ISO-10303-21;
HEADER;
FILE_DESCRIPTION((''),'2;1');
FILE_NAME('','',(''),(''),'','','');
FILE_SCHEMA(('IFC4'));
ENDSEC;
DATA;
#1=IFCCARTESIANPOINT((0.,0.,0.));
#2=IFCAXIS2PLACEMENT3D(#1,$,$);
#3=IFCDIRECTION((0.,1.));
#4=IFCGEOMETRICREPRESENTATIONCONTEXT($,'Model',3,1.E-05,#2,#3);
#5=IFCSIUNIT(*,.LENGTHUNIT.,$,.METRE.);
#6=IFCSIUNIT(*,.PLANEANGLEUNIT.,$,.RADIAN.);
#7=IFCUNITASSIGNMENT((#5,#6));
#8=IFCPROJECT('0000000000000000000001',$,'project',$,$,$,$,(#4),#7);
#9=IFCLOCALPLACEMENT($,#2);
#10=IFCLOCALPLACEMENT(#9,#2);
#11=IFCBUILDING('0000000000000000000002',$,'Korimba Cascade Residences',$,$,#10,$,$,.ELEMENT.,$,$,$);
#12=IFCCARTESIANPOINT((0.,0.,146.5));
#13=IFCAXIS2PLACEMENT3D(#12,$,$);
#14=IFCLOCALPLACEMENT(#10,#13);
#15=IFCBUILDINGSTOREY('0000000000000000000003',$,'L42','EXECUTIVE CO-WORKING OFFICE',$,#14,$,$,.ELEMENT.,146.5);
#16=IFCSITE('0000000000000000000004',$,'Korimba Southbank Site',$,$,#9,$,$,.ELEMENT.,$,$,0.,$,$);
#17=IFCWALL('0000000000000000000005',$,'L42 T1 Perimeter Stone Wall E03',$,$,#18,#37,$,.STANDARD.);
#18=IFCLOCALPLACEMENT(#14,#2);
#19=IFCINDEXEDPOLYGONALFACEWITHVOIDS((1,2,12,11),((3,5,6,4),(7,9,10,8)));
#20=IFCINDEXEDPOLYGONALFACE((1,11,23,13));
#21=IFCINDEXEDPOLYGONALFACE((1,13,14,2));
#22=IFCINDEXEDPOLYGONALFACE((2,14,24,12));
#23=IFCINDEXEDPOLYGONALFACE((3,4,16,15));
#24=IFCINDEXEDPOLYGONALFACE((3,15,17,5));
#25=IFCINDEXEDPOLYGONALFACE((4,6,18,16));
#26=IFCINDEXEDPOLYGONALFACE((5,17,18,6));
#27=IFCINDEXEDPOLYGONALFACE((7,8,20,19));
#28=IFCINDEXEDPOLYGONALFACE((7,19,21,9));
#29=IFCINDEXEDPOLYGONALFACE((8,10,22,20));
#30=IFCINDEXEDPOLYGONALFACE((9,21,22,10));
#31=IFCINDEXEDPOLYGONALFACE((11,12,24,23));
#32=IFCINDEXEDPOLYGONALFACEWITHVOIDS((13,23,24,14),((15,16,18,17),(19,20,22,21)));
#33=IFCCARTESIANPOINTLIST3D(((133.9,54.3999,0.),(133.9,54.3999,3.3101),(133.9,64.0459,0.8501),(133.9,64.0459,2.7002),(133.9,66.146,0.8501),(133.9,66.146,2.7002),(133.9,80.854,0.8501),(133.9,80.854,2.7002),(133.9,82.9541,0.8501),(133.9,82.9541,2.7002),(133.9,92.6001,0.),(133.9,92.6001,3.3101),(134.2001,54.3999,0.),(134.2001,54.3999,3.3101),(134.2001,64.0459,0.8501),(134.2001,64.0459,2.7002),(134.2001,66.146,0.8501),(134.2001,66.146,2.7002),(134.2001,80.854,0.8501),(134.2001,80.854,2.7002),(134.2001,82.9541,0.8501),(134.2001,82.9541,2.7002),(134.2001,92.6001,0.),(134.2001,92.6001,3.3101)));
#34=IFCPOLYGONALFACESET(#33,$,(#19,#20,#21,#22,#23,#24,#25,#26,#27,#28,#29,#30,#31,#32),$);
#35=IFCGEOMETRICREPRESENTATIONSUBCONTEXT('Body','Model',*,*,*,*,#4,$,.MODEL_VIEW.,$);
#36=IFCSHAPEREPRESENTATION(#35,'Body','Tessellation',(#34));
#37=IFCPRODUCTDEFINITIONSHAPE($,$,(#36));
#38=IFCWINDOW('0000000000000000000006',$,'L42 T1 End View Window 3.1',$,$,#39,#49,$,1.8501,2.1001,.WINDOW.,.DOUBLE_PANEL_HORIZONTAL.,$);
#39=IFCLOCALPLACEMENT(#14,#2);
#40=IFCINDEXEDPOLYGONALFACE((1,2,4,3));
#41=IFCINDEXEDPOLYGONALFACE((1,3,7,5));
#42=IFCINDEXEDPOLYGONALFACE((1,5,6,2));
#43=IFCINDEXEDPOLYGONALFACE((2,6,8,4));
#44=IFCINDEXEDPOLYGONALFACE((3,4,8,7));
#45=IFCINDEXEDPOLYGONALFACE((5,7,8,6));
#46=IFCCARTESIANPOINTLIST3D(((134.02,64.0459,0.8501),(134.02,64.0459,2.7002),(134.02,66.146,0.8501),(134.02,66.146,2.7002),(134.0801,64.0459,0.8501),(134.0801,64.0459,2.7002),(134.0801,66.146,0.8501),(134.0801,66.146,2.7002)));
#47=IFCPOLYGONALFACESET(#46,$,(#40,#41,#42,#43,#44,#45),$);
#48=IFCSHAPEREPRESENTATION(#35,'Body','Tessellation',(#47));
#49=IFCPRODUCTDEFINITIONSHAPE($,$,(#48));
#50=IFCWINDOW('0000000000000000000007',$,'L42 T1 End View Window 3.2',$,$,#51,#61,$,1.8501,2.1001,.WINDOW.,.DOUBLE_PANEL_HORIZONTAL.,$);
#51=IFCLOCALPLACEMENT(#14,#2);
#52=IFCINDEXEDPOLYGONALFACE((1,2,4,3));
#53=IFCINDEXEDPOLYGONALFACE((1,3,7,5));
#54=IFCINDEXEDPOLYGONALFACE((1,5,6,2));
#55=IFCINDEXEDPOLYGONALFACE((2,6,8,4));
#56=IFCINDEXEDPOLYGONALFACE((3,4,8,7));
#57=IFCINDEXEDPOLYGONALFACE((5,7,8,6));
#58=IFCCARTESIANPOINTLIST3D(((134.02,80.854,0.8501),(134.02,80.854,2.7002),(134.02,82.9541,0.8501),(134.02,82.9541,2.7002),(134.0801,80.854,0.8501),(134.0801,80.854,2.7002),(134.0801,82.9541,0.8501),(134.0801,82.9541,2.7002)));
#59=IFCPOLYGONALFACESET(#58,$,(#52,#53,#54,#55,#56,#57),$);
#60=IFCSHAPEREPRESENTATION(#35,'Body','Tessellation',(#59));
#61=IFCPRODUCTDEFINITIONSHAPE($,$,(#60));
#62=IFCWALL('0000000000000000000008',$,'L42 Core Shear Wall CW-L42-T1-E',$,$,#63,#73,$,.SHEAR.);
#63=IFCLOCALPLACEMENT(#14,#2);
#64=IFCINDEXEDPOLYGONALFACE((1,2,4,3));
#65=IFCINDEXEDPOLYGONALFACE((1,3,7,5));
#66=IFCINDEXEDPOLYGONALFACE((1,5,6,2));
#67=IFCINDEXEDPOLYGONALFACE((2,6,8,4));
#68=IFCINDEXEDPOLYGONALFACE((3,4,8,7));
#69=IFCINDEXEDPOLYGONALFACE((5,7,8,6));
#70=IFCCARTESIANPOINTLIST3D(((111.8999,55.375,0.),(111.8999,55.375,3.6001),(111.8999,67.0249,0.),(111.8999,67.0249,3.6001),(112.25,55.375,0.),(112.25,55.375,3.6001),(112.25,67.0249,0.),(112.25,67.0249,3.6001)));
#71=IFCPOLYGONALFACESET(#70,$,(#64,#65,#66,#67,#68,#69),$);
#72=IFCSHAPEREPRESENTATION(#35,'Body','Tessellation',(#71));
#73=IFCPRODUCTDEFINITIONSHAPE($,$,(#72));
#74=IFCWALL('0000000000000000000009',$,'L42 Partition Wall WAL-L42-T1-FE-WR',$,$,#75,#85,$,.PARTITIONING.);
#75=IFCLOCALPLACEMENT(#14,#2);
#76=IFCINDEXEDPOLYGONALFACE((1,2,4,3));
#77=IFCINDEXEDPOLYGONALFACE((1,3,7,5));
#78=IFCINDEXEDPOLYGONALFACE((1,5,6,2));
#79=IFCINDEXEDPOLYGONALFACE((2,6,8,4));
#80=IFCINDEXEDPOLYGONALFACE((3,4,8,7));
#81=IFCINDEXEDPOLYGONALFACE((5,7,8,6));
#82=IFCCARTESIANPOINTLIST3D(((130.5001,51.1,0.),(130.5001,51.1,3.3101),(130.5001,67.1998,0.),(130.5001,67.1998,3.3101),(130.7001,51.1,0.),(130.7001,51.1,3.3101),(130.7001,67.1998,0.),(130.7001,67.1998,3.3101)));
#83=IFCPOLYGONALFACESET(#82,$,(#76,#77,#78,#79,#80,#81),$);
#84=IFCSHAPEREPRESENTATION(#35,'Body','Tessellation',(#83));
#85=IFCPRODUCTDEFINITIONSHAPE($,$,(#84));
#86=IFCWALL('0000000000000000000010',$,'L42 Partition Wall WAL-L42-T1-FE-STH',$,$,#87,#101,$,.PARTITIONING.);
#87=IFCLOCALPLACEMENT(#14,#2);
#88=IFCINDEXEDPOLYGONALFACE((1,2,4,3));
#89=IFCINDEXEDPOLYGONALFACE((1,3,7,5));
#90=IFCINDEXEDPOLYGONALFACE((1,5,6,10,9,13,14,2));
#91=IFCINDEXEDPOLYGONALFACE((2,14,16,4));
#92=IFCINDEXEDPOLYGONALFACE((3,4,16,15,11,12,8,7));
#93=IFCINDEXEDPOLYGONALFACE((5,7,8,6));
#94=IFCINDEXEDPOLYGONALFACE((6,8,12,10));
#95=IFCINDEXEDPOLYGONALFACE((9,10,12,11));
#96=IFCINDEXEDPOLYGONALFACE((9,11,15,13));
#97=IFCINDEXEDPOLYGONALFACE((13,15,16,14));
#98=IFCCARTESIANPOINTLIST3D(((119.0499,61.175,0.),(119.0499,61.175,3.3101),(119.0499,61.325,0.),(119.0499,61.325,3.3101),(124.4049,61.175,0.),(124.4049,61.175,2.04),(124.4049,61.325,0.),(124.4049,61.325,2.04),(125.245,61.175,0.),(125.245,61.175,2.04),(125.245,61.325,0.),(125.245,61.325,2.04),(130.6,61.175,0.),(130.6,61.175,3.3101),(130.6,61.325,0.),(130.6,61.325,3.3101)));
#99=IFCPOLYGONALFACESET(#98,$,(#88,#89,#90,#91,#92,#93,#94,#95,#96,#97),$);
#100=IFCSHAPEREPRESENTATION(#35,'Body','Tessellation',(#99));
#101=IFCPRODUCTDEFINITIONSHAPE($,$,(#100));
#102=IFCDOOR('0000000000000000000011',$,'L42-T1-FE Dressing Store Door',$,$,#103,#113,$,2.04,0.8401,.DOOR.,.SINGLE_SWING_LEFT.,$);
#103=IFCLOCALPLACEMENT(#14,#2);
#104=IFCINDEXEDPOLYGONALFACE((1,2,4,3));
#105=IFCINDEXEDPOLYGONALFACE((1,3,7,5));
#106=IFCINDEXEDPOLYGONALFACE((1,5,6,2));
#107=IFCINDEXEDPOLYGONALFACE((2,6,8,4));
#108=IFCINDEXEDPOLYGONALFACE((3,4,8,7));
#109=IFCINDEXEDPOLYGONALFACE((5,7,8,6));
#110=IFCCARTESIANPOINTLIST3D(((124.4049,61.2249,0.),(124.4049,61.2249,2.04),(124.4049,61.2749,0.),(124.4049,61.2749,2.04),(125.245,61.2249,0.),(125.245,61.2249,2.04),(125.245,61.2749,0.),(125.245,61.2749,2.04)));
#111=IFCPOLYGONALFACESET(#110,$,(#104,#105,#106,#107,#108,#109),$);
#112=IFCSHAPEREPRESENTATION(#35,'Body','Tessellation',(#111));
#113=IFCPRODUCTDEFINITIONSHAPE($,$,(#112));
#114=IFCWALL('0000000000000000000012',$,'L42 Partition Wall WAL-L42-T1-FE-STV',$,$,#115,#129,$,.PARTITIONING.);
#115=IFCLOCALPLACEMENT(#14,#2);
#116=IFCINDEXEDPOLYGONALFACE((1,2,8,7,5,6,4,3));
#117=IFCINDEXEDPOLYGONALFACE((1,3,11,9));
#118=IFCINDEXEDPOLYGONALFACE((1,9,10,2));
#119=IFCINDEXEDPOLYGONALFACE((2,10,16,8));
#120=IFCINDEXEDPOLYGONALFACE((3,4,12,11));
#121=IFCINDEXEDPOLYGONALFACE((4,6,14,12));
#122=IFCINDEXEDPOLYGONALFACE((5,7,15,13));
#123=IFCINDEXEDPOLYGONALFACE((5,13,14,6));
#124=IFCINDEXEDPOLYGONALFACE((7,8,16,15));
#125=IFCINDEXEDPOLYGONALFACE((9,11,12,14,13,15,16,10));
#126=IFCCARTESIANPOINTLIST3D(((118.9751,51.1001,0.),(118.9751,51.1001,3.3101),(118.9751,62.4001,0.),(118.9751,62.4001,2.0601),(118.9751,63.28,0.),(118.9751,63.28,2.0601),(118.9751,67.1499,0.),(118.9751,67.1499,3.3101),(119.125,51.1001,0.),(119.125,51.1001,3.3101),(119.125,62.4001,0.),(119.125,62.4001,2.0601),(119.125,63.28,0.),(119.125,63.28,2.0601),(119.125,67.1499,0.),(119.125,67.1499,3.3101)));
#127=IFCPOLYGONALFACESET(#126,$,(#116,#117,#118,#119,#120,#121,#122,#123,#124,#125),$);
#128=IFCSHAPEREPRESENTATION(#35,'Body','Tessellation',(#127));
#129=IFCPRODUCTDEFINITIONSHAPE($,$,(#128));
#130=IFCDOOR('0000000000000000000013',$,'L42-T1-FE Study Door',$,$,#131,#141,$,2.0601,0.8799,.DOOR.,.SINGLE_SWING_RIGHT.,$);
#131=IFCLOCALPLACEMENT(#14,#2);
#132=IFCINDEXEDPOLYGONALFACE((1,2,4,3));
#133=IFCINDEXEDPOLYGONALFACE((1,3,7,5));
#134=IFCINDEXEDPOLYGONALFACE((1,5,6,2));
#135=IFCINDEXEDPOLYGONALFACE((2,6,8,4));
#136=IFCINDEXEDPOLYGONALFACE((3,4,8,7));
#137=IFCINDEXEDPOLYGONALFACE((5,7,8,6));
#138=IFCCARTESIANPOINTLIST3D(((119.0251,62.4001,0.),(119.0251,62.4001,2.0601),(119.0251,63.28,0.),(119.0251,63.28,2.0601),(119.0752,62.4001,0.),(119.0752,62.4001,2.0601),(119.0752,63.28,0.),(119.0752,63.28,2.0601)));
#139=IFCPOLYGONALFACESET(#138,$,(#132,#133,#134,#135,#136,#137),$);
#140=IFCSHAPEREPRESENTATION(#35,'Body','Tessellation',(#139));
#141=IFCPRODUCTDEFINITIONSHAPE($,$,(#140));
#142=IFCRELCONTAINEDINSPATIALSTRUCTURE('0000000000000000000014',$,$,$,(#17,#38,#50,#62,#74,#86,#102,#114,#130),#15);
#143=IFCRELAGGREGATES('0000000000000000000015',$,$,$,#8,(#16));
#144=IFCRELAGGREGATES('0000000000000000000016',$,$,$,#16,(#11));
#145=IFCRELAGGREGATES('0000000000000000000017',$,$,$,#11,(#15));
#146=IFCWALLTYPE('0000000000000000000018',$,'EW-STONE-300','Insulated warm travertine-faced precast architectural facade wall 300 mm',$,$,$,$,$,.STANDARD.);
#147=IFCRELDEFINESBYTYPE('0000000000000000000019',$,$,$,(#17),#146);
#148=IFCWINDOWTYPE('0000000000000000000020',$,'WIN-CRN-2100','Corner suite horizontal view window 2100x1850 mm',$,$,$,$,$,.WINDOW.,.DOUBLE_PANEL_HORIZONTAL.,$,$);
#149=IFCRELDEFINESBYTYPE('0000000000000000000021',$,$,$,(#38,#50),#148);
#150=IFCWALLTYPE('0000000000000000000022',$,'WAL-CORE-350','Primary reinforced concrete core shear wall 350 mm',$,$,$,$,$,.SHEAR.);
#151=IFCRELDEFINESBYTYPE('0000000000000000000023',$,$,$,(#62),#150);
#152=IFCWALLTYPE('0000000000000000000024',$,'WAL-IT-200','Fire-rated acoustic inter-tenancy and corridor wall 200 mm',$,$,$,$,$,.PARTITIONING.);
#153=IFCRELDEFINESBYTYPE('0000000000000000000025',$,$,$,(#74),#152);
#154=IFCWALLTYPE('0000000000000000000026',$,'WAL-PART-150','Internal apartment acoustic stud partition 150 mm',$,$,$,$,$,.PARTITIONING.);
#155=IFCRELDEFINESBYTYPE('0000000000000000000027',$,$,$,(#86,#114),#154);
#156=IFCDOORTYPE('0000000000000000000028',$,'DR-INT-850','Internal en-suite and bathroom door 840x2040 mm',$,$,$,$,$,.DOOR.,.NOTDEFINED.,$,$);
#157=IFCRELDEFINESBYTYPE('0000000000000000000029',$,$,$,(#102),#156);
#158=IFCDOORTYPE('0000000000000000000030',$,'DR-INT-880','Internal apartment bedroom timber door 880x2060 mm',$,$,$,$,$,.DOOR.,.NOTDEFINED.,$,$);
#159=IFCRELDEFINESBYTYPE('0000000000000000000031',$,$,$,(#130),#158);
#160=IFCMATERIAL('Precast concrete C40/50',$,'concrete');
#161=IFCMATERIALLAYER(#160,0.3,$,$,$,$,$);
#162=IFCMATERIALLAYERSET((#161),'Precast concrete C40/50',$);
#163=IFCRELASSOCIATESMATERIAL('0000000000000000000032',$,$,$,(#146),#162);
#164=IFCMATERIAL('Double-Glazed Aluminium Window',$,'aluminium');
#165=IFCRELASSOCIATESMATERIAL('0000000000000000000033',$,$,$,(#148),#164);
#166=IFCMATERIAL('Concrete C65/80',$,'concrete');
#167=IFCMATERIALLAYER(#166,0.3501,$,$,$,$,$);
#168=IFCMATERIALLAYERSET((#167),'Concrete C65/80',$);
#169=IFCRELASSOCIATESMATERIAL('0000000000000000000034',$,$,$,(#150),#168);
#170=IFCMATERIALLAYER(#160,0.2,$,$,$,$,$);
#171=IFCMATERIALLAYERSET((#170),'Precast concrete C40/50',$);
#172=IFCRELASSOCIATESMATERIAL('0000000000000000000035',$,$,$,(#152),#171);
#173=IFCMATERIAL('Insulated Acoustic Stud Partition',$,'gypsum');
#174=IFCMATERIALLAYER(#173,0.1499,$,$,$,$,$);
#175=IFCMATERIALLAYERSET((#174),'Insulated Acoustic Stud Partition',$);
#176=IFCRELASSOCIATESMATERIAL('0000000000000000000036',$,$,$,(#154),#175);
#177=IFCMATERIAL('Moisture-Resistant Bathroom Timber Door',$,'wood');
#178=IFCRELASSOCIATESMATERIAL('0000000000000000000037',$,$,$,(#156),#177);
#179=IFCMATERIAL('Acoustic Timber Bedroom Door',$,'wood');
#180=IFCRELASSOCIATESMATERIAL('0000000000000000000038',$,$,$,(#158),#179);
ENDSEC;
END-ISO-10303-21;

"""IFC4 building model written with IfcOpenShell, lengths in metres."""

from ifc_helpers import new_model, si_unit, direction, frame, frame_2d, origin, place, context, subcontext, project, spatial, rectangle, extrude, material, layer, layer_set, type_object, element, fill, save


model = new_model("IFC4")

# Units and contexts
model_context = context("Model", 3, precision=1e-05, world=origin(), true_north=direction((0.0, 1.0)))
body_context = subcontext(model_context, "Body", "Model", "MODEL_VIEW")
ifc_project = project(units=[si_unit("LENGTHUNIT", "METRE"), si_unit("PLANEANGLEUNIT", "RADIAN")], contexts=[model_context])

# Site, building, storey
site_placement = place(None, origin())
site = spatial("IfcSite", under=ifc_project, at=site_placement, Name="Korimba Southbank Site", CompositionType="ELEMENT", RefElevation=0.0)
building_placement = place(site_placement, origin())
building = spatial("IfcBuilding", under=site, at=building_placement, Name="Korimba Cascade Residences", CompositionType="ELEMENT")
storey_placement = place(building_placement, frame((0.0, 0.0, 146.5)))
storey = spatial("IfcBuildingStorey", under=building, at=storey_placement, Name="L42", Description="EXECUTIVE CO-WORKING OFFICE", CompositionType="ELEMENT", Elevation=146.5)

# Shared definitions
ifc_material_1 = material(Name="Precast concrete C40/50", Category="concrete")
ifc_layer_1 = layer(ifc_material_1, 0.3)
ifc_layer_set_1 = layer_set([ifc_layer_1], Name="Precast concrete C40/50")
wall_type_1 = type_object("IfcWallType", Name="EW-STONE-300", Description="Insulated warm travertine-faced precast architectural facade wall 300 mm", PredefinedType="STANDARD", material=ifc_layer_set_1)

# Wall, openings, windows
wall_1_placement = place(storey_placement, frame((134.05, 54.3999, 0.0), z_axis=(0.0, 0.0, 1.0), x_axis=(0.0, 1.0, 0.0)))
wall_1 = element("IfcWall", 1, at=wall_1_placement, inside=storey, type_object=wall_type_1, Name="L42 T1 Perimeter Stone Wall E03", PredefinedType="STANDARD", context=body_context, shape_type="SweptSolid", body=[
    extrude(rectangle(XDim=38.2002, YDim=0.3, at=frame_2d((19.1001, 0.0))), origin(), (0.0, 0.0, 1.0), 3.3101),
])
opening_1_placement = place(wall_1_placement, frame((9.646, 0.0, 0.8501)))
opening_1 = element("IfcOpeningElement", 2, at=opening_1_placement, cuts=wall_1, PredefinedType="OPENING", context=body_context, shape_type="SweptSolid", body=[
    extrude(rectangle(XDim=2.1001, YDim=1.8501, at=frame_2d((1.05, 0.925))), frame((0.0, 0.1602, 0.0), z_axis=(0.0, -1.0, 0.0), x_axis=(1.0, 0.0, 0.0)), (0.0, 0.0, 1.0), 0.3201),
])
opening_2_placement = place(wall_1_placement, frame((26.4541, 0.0, 0.8501)))
opening_2 = element("IfcOpeningElement", 3, at=opening_2_placement, cuts=wall_1, PredefinedType="OPENING", context=body_context, shape_type="SweptSolid", body=[
    extrude(rectangle(XDim=2.1001, YDim=1.8501, at=frame_2d((1.05, 0.925))), frame((0.0, 0.1602, 0.0), z_axis=(0.0, -1.0, 0.0), x_axis=(1.0, 0.0, 0.0)), (0.0, 0.0, 1.0), 0.3201),
])
ifc_material_2 = material(Name="Double-Glazed Aluminium Window", Category="aluminium")
window_type = type_object("IfcWindowType", Name="WIN-CRN-2100", Description="Corner suite horizontal view window 2100x1850 mm", PartitioningType="DOUBLE_PANEL_HORIZONTAL", PredefinedType="WINDOW", material=ifc_material_2)
window_1_placement = place(opening_1_placement, origin())
window_1 = element("IfcWindow", 4, at=window_1_placement, inside=storey, type_object=window_type, Name="L42 T1 End View Window 3.1", OverallHeight=1.8501, OverallWidth=2.1001, PartitioningType="DOUBLE_PANEL_HORIZONTAL", PredefinedType="WINDOW", context=body_context, shape_type="SweptSolid", body=[
    extrude(rectangle(XDim=2.1001, YDim=1.8501, at=frame_2d((1.05, 0.925))), frame((0.0, 0.03, 0.0), z_axis=(0.0, -1.0, 0.0), x_axis=(1.0, 0.0, 0.0)), (0.0, 0.0, 1.0), 0.0601),
])
fill(opening_1, window_1)
window_2_placement = place(opening_2_placement, origin())
window_2 = element("IfcWindow", 5, at=window_2_placement, inside=storey, type_object=window_type, Name="L42 T1 End View Window 3.2", OverallHeight=1.8501, OverallWidth=2.1001, PartitioningType="DOUBLE_PANEL_HORIZONTAL", PredefinedType="WINDOW", context=body_context, shape_type="SweptSolid", body=[
    extrude(rectangle(XDim=2.1001, YDim=1.8501, at=frame_2d((1.05, 0.925))), frame((0.0, 0.03, 0.0), z_axis=(0.0, -1.0, 0.0), x_axis=(1.0, 0.0, 0.0)), (0.0, 0.0, 1.0), 0.0601),
])
fill(opening_2, window_2)

# Walls
ifc_material_3 = material(Name="Concrete C65/80", Category="concrete")
ifc_layer_2 = layer(ifc_material_3, 0.3501)
ifc_layer_set_2 = layer_set([ifc_layer_2], Name="Concrete C65/80")
wall_type_2 = type_object("IfcWallType", Name="WAL-CORE-350", Description="Primary reinforced concrete core shear wall 350 mm", PredefinedType="SHEAR", material=ifc_layer_set_2)
wall_2_placement = place(storey_placement, frame((112.075, 55.375, 0.0), z_axis=(0.0, 0.0, 1.0), x_axis=(0.0, 1.0, 0.0)))
element("IfcWall", 6, at=wall_2_placement, inside=storey, type_object=wall_type_2, Name="L42 Core Shear Wall CW-L42-T1-E", PredefinedType="SHEAR", context=body_context, shape_type="SweptSolid", body=[
    extrude(rectangle(XDim=11.6499, YDim=0.3501, at=frame_2d((5.825, 0.0))), origin(), (0.0, 0.0, 1.0), 3.6001),
])
ifc_layer_3 = layer(ifc_material_1, 0.2)
ifc_layer_set_3 = layer_set([ifc_layer_3], Name="Precast concrete C40/50")
wall_type_3 = type_object("IfcWallType", Name="WAL-IT-200", Description="Fire-rated acoustic inter-tenancy and corridor wall 200 mm", PredefinedType="PARTITIONING", material=ifc_layer_set_3)
wall_3_placement = place(storey_placement, frame((130.6001, 51.1001, 0.0), z_axis=(0.0, 0.0, 1.0), x_axis=(0.0, 1.0, 0.0)))
element("IfcWall", 7, at=wall_3_placement, inside=storey, type_object=wall_type_3, Name="L42 Partition Wall WAL-L42-T1-FE-WR", PredefinedType="PARTITIONING", context=body_context, shape_type="SweptSolid", body=[
    extrude(rectangle(XDim=16.0999, YDim=0.2, at=frame_2d((8.0498, 0.0))), origin(), (0.0, 0.0, 1.0), 3.3101),
])

# Walls, openings, doors
ifc_material_4 = material(Name="Insulated Acoustic Stud Partition", Category="gypsum")
ifc_layer_4 = layer(ifc_material_4, 0.1499)
ifc_layer_set_4 = layer_set([ifc_layer_4], Name="Insulated Acoustic Stud Partition")
wall_type_4 = type_object("IfcWallType", Name="WAL-PART-150", Description="Internal apartment acoustic stud partition 150 mm", PredefinedType="PARTITIONING", material=ifc_layer_set_4)
wall_4_placement = place(storey_placement, frame((119.05, 61.25, 0.0), z_axis=(0.0, 0.0, 1.0), x_axis=(1.0, 0.0, 0.0)))
wall_4 = element("IfcWall", 8, at=wall_4_placement, inside=storey, type_object=wall_type_4, Name="L42 Partition Wall WAL-L42-T1-FE-STH", PredefinedType="PARTITIONING", context=body_context, shape_type="SweptSolid", body=[
    extrude(rectangle(XDim=11.55, YDim=0.1499, at=frame_2d((5.7749, 0.0))), origin(), (0.0, 0.0, 1.0), 3.3101),
])
opening_3_placement = place(wall_4_placement, frame((5.355, 0.0, 0.0)))
opening_3 = element("IfcOpeningElement", 9, at=opening_3_placement, cuts=wall_4, PredefinedType="OPENING", context=body_context, shape_type="SweptSolid", body=[
    extrude(rectangle(XDim=0.8401, YDim=2.04, at=frame_2d((0.4199, 1.02))), frame((0.0, 0.085, 0.0), z_axis=(0.0, -1.0, 0.0), x_axis=(1.0, 0.0, 0.0)), (0.0, 0.0, 1.0), 0.1699),
])
ifc_material_5 = material(Name="Moisture-Resistant Bathroom Timber Door", Category="wood")
door_type_1 = type_object("IfcDoorType", Name="DR-INT-850", Description="Internal en-suite and bathroom door 840x2040 mm", OperationType="NOTDEFINED", PredefinedType="DOOR", material=ifc_material_5)
door_1_placement = place(opening_3_placement, origin())
door_1 = element("IfcDoor", 10, at=door_1_placement, inside=storey, type_object=door_type_1, Name="L42-T1-FE Dressing Store Door", OperationType="SINGLE_SWING_LEFT", OverallHeight=2.04, OverallWidth=0.8401, PredefinedType="DOOR", context=body_context, shape_type="SweptSolid", body=[
    extrude(rectangle(XDim=0.8401, YDim=2.04, at=frame_2d((0.4199, 1.02))), frame((0.0, 0.0249, 0.0), z_axis=(0.0, -1.0, 0.0), x_axis=(1.0, 0.0, 0.0)), (0.0, 0.0, 1.0), 0.05),
])
fill(opening_3, door_1)
wall_5_placement = place(storey_placement, frame((119.05, 51.1001, 0.0), z_axis=(0.0, 0.0, 1.0), x_axis=(0.0, 1.0, 0.0)))
wall_5 = element("IfcWall", 11, at=wall_5_placement, inside=storey, type_object=wall_type_4, Name="L42 Partition Wall WAL-L42-T1-FE-STV", PredefinedType="PARTITIONING", context=body_context, shape_type="SweptSolid", body=[
    extrude(rectangle(XDim=16.0498, YDim=0.1499, at=frame_2d((8.0249, 0.0))), origin(), (0.0, 0.0, 1.0), 3.3101),
])
opening_4_placement = place(wall_5_placement, frame((11.3, 0.0, 0.0)))
opening_4 = element("IfcOpeningElement", 12, at=opening_4_placement, cuts=wall_5, PredefinedType="OPENING", context=body_context, shape_type="SweptSolid", body=[
    extrude(rectangle(XDim=0.8799, YDim=2.0601, at=frame_2d((0.4399, 1.03))), frame((0.0, 0.085, 0.0), z_axis=(0.0, -1.0, 0.0), x_axis=(1.0, 0.0, 0.0)), (0.0, 0.0, 1.0), 0.1699),
])
ifc_material_6 = material(Name="Acoustic Timber Bedroom Door", Category="wood")
door_type_2 = type_object("IfcDoorType", Name="DR-INT-880", Description="Internal apartment bedroom timber door 880x2060 mm", OperationType="NOTDEFINED", PredefinedType="DOOR", material=ifc_material_6)
door_2_placement = place(opening_4_placement, origin())
door_2 = element("IfcDoor", 13, at=door_2_placement, inside=storey, type_object=door_type_2, Name="L42-T1-FE Study Door", OperationType="SINGLE_SWING_RIGHT", OverallHeight=2.0601, OverallWidth=0.8799, PredefinedType="DOOR", context=body_context, shape_type="SweptSolid", body=[
    extrude(rectangle(XDim=0.8799, YDim=2.0601, at=frame_2d((0.4399, 1.03))), frame((0.0, 0.0249, 0.0), z_axis=(0.0, -1.0, 0.0), x_axis=(1.0, 0.0, 0.0)), (0.0, 0.0, 1.0), 0.05),
])
fill(opening_4, door_2)

save(model, "model.ifc")
